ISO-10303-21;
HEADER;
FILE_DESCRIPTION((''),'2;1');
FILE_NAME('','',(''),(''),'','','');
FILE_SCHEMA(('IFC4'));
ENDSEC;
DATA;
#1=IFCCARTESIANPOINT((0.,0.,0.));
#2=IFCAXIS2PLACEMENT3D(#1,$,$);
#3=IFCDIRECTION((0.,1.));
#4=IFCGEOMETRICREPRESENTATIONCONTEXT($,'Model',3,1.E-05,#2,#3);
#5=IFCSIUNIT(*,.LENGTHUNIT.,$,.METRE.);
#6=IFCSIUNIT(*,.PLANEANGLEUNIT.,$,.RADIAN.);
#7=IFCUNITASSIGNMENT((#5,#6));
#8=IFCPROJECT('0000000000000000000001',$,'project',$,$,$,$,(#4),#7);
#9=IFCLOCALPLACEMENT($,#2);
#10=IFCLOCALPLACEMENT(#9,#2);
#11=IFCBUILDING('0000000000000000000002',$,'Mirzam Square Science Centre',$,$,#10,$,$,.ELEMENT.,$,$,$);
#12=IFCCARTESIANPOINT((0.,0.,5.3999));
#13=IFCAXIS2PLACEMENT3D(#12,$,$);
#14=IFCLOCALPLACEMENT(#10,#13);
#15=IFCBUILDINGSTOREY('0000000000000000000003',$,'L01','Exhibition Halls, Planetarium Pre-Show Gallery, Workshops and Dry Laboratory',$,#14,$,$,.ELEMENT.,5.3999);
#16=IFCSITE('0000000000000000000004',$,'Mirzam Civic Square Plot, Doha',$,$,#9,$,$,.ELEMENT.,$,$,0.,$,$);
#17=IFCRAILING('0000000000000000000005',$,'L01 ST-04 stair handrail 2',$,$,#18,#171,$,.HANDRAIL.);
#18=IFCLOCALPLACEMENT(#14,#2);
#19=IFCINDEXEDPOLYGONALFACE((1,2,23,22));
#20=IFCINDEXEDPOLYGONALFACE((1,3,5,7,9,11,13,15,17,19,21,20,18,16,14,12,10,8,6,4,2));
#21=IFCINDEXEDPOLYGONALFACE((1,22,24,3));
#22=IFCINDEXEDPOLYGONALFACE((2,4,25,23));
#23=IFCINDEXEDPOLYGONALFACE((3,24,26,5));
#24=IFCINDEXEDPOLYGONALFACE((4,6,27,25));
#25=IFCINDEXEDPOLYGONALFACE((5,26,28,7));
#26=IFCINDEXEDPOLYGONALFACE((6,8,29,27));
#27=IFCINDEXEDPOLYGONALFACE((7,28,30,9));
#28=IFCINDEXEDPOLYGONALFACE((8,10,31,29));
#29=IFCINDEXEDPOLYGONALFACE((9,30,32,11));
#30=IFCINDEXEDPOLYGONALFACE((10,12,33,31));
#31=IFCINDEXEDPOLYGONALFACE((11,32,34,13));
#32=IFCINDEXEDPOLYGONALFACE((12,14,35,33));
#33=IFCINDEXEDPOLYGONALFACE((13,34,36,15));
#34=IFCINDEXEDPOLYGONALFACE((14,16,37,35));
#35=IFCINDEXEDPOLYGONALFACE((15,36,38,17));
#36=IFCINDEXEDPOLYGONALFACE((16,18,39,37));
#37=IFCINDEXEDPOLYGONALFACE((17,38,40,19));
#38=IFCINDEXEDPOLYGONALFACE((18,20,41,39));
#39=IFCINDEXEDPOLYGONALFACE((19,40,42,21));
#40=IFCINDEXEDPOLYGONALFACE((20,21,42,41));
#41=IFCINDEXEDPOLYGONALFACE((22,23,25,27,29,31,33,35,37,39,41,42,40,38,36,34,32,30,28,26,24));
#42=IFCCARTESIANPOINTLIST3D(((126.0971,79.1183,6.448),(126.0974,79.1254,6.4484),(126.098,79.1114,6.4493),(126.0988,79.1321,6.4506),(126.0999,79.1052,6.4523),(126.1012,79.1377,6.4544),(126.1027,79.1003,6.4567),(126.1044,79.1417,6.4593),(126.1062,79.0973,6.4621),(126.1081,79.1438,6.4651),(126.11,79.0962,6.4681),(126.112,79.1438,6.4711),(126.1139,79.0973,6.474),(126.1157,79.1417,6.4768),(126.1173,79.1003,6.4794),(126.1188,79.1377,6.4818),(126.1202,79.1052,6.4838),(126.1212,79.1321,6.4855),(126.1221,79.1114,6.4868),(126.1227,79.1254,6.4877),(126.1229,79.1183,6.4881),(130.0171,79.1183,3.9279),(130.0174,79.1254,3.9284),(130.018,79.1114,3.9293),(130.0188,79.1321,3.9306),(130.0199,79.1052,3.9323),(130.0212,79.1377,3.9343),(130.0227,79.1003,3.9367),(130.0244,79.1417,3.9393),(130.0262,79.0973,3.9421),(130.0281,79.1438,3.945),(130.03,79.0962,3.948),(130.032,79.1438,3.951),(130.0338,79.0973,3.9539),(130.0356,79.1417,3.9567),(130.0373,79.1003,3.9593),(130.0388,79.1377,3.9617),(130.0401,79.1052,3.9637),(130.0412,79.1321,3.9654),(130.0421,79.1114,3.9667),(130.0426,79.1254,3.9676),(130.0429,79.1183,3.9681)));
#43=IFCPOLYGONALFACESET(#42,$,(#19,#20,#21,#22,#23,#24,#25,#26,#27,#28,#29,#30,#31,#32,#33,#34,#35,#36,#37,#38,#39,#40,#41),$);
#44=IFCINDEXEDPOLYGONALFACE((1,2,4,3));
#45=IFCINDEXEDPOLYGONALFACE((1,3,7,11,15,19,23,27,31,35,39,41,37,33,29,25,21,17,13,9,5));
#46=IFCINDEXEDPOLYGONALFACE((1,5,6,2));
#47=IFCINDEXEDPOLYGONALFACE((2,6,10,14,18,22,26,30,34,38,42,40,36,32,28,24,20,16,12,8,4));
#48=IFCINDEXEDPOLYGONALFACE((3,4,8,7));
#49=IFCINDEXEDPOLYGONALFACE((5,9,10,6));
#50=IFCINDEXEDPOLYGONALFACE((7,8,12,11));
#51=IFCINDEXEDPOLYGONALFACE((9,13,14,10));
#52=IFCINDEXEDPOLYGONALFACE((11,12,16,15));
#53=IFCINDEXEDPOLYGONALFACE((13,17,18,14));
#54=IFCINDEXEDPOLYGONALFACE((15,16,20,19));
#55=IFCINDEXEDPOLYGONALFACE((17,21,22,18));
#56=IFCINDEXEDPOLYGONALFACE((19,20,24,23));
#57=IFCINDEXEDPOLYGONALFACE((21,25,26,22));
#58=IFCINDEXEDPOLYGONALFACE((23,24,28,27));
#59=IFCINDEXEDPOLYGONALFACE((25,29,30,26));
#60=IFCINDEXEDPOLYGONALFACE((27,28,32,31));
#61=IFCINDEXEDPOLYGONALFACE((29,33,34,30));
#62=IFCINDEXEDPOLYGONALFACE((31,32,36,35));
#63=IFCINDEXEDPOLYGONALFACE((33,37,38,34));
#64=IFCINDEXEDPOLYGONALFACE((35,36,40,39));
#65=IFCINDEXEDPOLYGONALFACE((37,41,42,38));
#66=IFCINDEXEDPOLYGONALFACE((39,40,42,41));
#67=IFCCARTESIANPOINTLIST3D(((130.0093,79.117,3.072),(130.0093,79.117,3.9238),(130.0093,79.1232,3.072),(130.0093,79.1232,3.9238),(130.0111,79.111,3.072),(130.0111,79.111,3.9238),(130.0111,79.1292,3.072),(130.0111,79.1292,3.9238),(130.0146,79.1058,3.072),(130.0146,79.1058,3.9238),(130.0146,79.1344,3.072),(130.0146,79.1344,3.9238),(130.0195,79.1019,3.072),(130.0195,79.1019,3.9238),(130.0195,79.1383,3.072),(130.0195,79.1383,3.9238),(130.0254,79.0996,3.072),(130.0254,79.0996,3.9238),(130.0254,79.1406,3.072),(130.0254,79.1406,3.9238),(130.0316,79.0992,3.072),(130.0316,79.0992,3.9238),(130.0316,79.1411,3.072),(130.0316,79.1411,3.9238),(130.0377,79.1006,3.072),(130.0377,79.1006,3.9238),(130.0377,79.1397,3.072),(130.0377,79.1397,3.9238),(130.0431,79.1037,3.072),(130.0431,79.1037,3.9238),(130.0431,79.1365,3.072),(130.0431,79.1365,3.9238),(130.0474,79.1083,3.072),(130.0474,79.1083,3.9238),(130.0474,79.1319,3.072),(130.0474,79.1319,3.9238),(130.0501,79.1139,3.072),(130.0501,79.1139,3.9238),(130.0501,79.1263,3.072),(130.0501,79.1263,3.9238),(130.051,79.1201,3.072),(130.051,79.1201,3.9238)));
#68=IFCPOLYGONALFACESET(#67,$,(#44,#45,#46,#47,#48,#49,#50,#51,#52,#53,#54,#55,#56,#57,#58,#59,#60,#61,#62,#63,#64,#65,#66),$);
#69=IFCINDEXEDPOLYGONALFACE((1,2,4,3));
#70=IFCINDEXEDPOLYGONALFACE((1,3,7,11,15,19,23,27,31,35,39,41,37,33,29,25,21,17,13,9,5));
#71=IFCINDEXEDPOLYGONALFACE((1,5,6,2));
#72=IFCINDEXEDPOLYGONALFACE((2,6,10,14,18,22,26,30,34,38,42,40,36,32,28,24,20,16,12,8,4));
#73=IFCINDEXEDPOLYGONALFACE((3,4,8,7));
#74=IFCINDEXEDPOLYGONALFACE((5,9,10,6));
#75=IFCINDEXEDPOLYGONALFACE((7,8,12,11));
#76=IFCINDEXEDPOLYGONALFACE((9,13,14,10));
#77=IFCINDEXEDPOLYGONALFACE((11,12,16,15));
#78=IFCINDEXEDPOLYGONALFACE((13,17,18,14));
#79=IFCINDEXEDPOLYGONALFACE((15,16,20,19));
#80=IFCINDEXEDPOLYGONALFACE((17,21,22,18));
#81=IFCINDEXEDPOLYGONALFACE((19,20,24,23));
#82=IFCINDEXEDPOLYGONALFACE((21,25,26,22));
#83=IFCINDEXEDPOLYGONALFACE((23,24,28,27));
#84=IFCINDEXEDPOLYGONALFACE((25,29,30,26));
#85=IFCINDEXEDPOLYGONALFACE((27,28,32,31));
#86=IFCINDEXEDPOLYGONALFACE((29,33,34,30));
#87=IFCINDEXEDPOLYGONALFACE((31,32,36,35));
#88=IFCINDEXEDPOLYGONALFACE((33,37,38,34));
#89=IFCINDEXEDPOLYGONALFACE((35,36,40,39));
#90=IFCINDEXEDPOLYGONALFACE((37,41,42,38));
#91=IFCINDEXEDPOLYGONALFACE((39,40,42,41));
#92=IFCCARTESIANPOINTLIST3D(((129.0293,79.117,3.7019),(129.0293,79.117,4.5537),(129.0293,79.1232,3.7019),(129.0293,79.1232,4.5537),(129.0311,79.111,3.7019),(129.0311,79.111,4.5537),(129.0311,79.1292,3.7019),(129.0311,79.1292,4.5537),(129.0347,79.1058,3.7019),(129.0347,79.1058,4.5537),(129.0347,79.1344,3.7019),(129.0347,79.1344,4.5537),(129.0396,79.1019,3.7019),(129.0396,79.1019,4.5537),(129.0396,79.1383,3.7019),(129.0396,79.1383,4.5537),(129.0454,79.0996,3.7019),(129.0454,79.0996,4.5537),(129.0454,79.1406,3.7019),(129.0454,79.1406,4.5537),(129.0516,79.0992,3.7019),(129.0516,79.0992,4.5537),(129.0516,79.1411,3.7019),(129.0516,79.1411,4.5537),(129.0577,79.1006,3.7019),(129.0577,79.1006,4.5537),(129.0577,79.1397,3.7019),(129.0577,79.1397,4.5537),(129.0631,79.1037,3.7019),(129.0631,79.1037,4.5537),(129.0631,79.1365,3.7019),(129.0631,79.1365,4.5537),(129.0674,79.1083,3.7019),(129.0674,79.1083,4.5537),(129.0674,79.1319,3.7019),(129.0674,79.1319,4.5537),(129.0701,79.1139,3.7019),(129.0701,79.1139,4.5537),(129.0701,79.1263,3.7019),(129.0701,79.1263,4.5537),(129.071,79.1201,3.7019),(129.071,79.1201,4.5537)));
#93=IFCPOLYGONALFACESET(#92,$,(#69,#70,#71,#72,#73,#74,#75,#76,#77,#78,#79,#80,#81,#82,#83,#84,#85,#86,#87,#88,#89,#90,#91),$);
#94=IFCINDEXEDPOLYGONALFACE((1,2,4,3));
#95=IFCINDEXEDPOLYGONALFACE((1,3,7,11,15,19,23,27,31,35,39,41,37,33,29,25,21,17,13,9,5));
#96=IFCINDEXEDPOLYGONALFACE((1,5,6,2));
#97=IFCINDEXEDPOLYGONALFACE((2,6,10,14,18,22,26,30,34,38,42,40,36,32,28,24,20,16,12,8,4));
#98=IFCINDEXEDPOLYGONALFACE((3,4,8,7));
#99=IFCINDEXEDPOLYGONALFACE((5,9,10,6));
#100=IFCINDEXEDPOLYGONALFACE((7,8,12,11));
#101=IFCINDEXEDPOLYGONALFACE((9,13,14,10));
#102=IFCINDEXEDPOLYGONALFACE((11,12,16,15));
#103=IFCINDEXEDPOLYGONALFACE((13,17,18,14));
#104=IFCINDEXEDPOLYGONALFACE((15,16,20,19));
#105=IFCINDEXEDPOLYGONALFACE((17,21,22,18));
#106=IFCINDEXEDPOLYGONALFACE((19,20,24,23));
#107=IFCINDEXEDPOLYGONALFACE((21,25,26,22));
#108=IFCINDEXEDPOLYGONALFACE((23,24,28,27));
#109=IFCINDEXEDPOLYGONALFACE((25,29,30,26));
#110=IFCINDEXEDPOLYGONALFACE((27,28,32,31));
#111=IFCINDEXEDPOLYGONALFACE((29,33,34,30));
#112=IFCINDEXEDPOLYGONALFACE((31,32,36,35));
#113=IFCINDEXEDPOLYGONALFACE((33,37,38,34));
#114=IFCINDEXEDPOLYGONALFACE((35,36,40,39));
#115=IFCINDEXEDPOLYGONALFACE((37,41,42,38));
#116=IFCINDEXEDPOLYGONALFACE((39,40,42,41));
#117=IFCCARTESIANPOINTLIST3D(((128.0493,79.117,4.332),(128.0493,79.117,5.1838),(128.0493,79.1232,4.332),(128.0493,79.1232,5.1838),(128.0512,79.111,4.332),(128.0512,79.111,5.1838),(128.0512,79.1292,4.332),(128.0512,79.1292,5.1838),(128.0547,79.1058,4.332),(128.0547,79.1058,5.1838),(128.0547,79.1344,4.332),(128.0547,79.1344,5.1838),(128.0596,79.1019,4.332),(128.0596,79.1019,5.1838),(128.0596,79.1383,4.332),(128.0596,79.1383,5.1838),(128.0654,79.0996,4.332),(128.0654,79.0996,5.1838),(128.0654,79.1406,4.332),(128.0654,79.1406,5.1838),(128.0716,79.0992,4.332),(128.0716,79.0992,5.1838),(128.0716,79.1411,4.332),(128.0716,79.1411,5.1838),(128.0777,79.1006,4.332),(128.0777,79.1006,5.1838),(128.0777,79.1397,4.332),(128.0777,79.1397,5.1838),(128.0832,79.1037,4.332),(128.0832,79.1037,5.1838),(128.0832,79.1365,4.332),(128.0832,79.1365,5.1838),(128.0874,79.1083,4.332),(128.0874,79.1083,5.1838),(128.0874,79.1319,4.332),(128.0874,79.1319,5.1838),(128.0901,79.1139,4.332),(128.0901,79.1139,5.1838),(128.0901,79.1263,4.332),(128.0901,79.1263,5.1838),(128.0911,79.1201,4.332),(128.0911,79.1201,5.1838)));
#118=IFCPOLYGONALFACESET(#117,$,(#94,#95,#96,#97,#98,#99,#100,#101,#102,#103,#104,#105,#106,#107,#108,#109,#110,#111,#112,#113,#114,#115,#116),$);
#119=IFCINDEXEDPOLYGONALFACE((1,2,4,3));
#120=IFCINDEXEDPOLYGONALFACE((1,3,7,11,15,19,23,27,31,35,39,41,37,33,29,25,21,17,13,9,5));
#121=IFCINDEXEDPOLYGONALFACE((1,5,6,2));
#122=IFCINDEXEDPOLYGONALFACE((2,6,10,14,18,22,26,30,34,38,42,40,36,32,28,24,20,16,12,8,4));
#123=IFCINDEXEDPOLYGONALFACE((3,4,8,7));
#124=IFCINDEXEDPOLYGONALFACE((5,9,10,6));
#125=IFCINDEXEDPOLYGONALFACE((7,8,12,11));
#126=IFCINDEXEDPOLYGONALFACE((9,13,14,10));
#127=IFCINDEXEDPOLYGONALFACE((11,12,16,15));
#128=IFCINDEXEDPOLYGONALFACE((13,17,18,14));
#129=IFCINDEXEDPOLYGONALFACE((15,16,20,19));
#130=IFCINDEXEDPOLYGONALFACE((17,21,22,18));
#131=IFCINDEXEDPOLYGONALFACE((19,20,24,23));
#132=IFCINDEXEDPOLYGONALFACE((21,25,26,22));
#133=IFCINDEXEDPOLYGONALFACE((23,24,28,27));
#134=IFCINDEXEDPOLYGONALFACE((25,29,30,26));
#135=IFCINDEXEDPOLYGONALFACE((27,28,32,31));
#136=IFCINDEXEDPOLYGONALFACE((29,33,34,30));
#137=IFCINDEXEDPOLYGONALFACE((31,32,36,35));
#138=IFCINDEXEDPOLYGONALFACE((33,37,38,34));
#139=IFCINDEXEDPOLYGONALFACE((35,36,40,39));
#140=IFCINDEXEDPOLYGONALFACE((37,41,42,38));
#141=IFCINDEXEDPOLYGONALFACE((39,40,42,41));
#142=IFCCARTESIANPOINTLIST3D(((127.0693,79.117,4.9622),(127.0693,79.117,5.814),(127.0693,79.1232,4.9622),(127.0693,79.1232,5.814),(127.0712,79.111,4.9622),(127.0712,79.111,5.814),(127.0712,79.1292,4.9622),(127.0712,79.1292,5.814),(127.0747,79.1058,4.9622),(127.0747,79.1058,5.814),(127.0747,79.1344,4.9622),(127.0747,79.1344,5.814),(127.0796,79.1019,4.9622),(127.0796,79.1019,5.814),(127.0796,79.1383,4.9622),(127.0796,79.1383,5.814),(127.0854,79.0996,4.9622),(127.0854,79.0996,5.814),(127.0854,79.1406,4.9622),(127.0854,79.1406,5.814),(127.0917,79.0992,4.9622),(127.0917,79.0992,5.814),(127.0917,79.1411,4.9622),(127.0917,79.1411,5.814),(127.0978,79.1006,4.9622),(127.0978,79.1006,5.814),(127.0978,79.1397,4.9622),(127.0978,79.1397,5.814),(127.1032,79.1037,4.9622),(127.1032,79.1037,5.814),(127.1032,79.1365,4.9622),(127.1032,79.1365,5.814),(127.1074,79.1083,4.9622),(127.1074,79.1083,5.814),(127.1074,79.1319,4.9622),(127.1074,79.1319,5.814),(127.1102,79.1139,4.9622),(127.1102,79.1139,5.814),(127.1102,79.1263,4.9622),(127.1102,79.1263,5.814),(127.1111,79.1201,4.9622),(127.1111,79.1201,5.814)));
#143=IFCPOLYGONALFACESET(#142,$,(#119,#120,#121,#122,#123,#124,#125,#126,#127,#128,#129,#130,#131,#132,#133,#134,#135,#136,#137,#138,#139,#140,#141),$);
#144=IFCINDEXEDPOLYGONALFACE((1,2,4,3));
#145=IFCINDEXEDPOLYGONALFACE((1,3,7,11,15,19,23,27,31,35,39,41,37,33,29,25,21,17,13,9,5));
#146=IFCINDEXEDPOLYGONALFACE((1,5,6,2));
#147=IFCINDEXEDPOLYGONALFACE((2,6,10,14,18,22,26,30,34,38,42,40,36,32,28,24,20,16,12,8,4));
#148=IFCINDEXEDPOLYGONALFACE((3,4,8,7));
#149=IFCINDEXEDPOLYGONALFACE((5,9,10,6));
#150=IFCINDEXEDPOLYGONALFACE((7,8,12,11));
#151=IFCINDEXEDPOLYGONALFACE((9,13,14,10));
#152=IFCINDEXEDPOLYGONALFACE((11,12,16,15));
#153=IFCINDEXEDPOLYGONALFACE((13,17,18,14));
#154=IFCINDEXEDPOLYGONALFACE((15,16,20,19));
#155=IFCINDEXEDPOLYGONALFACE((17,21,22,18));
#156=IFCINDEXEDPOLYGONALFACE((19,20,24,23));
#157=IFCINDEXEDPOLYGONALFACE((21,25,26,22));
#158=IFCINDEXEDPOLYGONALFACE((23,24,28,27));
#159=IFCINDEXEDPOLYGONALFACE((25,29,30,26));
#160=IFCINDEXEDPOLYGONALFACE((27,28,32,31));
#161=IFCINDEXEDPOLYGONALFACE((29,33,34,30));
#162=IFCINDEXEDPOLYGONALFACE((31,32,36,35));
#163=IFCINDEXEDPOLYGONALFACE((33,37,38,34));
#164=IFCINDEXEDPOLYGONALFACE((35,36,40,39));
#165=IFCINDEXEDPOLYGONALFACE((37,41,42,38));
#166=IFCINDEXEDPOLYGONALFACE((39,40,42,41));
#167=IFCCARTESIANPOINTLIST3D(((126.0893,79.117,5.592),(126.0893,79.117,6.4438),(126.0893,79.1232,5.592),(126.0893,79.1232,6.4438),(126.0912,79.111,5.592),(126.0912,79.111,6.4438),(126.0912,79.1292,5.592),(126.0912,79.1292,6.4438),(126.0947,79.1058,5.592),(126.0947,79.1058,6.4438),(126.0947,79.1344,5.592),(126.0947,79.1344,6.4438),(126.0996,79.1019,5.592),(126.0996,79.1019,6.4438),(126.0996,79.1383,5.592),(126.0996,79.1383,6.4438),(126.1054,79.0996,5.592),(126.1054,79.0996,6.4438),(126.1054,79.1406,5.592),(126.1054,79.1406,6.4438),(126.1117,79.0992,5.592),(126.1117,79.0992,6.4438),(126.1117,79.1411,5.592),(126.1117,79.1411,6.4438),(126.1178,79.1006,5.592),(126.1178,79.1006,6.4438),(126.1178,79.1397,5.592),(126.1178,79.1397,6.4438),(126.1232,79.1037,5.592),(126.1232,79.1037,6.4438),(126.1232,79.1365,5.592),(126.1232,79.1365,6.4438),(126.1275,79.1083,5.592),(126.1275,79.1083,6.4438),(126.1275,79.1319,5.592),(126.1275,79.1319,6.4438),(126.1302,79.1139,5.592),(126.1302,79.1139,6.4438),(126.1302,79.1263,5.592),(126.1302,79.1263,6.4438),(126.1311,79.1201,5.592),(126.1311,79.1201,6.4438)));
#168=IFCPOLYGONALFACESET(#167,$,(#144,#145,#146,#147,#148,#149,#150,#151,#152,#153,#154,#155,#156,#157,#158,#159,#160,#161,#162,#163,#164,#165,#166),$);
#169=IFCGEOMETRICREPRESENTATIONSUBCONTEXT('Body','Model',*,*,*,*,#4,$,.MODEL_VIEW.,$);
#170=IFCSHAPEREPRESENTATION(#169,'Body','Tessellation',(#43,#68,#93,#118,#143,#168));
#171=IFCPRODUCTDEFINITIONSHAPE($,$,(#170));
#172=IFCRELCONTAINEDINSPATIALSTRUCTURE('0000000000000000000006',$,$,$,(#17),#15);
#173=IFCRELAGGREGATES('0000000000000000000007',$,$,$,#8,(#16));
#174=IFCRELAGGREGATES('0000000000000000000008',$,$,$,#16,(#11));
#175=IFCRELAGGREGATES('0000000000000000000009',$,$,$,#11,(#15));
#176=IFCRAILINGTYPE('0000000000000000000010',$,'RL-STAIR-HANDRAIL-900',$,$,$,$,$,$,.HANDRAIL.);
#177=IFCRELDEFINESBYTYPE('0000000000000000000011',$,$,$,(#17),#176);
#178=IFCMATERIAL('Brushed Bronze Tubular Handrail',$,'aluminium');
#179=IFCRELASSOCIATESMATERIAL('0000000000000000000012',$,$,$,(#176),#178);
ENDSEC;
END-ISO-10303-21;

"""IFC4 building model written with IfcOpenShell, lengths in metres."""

from ifc_helpers import new_model, si_unit, direction, frame, origin, origin_2d, place, context, subcontext, project, spatial, circle, extrude, material, type_object, element, save


model = new_model("IFC4")

# Units and contexts
model_context = context("Model", 3, precision=1e-05, world=origin(), true_north=direction((0.0, 1.0)))
body_context = subcontext(model_context, "Body", "Model", "MODEL_VIEW")
ifc_project = project(units=[si_unit("LENGTHUNIT", "METRE"), si_unit("PLANEANGLEUNIT", "RADIAN")], contexts=[model_context])

# Site, building, storey
site_placement = place(None, origin())
site = spatial("IfcSite", under=ifc_project, at=site_placement, Name="Mirzam Civic Square Plot, Doha", CompositionType="ELEMENT", RefElevation=0.0)
building_placement = place(site_placement, origin())
building = spatial("IfcBuilding", under=site, at=building_placement, Name="Mirzam Square Science Centre", CompositionType="ELEMENT")
storey_placement = place(building_placement, frame((0.0, 0.0, 5.3999)))
storey = spatial("IfcBuildingStorey", under=building, at=storey_placement, Name="L01", Description="Exhibition Halls, Planetarium Pre-Show Gallery, Workshops and Dry Laboratory", CompositionType="ELEMENT", Elevation=5.3999)

# Railing
ifc_material_1 = material(Name="Brushed Bronze Tubular Handrail", Category="aluminium")
railing_type_1 = type_object("IfcRailingType", Name="RL-STAIR-HANDRAIL-900", PredefinedType="HANDRAIL", material=ifc_material_1)
railing_1_placement = place(storey_placement, frame((130.03, 79.1201, 3.072)))
element("IfcRailing", 1, at=railing_1_placement, inside=storey, type_object=railing_type_1, Name="L01 ST-04 stair handrail 2", PredefinedType="HANDRAIL", context=body_context, shape_type="SweptSolid", body=[
    extrude(circle(Radius=0.0239, at=origin_2d()), frame((0.0, 0.0, 0.876), z_axis=(-0.841172, 0.0, 0.540768), x_axis=(0.0, -1.0, 0.0)), (0.0, 0.0, 1.0), 4.6602),
    extrude(circle(Radius=0.021, at=origin_2d()), origin(), (0.0, 0.0, 1.0), 0.8518),
    extrude(circle(Radius=0.021, at=origin_2d()), frame((-0.98, 0.0, 0.6299)), (0.0, 0.0, 1.0), 0.8518),
    extrude(circle(Radius=0.021, at=origin_2d()), frame((-1.96, 0.0, 1.26)), (0.0, 0.0, 1.0), 0.8518),
    extrude(circle(Radius=0.021, at=origin_2d()), frame((-2.9399, 0.0, 1.8901)), (0.0, 0.0, 1.0), 0.8518),
    extrude(circle(Radius=0.021, at=origin_2d()), frame((-3.9199, 0.0, 2.52)), (0.0, 0.0, 1.0), 0.8518),
])

save(model, "model.ifc")
